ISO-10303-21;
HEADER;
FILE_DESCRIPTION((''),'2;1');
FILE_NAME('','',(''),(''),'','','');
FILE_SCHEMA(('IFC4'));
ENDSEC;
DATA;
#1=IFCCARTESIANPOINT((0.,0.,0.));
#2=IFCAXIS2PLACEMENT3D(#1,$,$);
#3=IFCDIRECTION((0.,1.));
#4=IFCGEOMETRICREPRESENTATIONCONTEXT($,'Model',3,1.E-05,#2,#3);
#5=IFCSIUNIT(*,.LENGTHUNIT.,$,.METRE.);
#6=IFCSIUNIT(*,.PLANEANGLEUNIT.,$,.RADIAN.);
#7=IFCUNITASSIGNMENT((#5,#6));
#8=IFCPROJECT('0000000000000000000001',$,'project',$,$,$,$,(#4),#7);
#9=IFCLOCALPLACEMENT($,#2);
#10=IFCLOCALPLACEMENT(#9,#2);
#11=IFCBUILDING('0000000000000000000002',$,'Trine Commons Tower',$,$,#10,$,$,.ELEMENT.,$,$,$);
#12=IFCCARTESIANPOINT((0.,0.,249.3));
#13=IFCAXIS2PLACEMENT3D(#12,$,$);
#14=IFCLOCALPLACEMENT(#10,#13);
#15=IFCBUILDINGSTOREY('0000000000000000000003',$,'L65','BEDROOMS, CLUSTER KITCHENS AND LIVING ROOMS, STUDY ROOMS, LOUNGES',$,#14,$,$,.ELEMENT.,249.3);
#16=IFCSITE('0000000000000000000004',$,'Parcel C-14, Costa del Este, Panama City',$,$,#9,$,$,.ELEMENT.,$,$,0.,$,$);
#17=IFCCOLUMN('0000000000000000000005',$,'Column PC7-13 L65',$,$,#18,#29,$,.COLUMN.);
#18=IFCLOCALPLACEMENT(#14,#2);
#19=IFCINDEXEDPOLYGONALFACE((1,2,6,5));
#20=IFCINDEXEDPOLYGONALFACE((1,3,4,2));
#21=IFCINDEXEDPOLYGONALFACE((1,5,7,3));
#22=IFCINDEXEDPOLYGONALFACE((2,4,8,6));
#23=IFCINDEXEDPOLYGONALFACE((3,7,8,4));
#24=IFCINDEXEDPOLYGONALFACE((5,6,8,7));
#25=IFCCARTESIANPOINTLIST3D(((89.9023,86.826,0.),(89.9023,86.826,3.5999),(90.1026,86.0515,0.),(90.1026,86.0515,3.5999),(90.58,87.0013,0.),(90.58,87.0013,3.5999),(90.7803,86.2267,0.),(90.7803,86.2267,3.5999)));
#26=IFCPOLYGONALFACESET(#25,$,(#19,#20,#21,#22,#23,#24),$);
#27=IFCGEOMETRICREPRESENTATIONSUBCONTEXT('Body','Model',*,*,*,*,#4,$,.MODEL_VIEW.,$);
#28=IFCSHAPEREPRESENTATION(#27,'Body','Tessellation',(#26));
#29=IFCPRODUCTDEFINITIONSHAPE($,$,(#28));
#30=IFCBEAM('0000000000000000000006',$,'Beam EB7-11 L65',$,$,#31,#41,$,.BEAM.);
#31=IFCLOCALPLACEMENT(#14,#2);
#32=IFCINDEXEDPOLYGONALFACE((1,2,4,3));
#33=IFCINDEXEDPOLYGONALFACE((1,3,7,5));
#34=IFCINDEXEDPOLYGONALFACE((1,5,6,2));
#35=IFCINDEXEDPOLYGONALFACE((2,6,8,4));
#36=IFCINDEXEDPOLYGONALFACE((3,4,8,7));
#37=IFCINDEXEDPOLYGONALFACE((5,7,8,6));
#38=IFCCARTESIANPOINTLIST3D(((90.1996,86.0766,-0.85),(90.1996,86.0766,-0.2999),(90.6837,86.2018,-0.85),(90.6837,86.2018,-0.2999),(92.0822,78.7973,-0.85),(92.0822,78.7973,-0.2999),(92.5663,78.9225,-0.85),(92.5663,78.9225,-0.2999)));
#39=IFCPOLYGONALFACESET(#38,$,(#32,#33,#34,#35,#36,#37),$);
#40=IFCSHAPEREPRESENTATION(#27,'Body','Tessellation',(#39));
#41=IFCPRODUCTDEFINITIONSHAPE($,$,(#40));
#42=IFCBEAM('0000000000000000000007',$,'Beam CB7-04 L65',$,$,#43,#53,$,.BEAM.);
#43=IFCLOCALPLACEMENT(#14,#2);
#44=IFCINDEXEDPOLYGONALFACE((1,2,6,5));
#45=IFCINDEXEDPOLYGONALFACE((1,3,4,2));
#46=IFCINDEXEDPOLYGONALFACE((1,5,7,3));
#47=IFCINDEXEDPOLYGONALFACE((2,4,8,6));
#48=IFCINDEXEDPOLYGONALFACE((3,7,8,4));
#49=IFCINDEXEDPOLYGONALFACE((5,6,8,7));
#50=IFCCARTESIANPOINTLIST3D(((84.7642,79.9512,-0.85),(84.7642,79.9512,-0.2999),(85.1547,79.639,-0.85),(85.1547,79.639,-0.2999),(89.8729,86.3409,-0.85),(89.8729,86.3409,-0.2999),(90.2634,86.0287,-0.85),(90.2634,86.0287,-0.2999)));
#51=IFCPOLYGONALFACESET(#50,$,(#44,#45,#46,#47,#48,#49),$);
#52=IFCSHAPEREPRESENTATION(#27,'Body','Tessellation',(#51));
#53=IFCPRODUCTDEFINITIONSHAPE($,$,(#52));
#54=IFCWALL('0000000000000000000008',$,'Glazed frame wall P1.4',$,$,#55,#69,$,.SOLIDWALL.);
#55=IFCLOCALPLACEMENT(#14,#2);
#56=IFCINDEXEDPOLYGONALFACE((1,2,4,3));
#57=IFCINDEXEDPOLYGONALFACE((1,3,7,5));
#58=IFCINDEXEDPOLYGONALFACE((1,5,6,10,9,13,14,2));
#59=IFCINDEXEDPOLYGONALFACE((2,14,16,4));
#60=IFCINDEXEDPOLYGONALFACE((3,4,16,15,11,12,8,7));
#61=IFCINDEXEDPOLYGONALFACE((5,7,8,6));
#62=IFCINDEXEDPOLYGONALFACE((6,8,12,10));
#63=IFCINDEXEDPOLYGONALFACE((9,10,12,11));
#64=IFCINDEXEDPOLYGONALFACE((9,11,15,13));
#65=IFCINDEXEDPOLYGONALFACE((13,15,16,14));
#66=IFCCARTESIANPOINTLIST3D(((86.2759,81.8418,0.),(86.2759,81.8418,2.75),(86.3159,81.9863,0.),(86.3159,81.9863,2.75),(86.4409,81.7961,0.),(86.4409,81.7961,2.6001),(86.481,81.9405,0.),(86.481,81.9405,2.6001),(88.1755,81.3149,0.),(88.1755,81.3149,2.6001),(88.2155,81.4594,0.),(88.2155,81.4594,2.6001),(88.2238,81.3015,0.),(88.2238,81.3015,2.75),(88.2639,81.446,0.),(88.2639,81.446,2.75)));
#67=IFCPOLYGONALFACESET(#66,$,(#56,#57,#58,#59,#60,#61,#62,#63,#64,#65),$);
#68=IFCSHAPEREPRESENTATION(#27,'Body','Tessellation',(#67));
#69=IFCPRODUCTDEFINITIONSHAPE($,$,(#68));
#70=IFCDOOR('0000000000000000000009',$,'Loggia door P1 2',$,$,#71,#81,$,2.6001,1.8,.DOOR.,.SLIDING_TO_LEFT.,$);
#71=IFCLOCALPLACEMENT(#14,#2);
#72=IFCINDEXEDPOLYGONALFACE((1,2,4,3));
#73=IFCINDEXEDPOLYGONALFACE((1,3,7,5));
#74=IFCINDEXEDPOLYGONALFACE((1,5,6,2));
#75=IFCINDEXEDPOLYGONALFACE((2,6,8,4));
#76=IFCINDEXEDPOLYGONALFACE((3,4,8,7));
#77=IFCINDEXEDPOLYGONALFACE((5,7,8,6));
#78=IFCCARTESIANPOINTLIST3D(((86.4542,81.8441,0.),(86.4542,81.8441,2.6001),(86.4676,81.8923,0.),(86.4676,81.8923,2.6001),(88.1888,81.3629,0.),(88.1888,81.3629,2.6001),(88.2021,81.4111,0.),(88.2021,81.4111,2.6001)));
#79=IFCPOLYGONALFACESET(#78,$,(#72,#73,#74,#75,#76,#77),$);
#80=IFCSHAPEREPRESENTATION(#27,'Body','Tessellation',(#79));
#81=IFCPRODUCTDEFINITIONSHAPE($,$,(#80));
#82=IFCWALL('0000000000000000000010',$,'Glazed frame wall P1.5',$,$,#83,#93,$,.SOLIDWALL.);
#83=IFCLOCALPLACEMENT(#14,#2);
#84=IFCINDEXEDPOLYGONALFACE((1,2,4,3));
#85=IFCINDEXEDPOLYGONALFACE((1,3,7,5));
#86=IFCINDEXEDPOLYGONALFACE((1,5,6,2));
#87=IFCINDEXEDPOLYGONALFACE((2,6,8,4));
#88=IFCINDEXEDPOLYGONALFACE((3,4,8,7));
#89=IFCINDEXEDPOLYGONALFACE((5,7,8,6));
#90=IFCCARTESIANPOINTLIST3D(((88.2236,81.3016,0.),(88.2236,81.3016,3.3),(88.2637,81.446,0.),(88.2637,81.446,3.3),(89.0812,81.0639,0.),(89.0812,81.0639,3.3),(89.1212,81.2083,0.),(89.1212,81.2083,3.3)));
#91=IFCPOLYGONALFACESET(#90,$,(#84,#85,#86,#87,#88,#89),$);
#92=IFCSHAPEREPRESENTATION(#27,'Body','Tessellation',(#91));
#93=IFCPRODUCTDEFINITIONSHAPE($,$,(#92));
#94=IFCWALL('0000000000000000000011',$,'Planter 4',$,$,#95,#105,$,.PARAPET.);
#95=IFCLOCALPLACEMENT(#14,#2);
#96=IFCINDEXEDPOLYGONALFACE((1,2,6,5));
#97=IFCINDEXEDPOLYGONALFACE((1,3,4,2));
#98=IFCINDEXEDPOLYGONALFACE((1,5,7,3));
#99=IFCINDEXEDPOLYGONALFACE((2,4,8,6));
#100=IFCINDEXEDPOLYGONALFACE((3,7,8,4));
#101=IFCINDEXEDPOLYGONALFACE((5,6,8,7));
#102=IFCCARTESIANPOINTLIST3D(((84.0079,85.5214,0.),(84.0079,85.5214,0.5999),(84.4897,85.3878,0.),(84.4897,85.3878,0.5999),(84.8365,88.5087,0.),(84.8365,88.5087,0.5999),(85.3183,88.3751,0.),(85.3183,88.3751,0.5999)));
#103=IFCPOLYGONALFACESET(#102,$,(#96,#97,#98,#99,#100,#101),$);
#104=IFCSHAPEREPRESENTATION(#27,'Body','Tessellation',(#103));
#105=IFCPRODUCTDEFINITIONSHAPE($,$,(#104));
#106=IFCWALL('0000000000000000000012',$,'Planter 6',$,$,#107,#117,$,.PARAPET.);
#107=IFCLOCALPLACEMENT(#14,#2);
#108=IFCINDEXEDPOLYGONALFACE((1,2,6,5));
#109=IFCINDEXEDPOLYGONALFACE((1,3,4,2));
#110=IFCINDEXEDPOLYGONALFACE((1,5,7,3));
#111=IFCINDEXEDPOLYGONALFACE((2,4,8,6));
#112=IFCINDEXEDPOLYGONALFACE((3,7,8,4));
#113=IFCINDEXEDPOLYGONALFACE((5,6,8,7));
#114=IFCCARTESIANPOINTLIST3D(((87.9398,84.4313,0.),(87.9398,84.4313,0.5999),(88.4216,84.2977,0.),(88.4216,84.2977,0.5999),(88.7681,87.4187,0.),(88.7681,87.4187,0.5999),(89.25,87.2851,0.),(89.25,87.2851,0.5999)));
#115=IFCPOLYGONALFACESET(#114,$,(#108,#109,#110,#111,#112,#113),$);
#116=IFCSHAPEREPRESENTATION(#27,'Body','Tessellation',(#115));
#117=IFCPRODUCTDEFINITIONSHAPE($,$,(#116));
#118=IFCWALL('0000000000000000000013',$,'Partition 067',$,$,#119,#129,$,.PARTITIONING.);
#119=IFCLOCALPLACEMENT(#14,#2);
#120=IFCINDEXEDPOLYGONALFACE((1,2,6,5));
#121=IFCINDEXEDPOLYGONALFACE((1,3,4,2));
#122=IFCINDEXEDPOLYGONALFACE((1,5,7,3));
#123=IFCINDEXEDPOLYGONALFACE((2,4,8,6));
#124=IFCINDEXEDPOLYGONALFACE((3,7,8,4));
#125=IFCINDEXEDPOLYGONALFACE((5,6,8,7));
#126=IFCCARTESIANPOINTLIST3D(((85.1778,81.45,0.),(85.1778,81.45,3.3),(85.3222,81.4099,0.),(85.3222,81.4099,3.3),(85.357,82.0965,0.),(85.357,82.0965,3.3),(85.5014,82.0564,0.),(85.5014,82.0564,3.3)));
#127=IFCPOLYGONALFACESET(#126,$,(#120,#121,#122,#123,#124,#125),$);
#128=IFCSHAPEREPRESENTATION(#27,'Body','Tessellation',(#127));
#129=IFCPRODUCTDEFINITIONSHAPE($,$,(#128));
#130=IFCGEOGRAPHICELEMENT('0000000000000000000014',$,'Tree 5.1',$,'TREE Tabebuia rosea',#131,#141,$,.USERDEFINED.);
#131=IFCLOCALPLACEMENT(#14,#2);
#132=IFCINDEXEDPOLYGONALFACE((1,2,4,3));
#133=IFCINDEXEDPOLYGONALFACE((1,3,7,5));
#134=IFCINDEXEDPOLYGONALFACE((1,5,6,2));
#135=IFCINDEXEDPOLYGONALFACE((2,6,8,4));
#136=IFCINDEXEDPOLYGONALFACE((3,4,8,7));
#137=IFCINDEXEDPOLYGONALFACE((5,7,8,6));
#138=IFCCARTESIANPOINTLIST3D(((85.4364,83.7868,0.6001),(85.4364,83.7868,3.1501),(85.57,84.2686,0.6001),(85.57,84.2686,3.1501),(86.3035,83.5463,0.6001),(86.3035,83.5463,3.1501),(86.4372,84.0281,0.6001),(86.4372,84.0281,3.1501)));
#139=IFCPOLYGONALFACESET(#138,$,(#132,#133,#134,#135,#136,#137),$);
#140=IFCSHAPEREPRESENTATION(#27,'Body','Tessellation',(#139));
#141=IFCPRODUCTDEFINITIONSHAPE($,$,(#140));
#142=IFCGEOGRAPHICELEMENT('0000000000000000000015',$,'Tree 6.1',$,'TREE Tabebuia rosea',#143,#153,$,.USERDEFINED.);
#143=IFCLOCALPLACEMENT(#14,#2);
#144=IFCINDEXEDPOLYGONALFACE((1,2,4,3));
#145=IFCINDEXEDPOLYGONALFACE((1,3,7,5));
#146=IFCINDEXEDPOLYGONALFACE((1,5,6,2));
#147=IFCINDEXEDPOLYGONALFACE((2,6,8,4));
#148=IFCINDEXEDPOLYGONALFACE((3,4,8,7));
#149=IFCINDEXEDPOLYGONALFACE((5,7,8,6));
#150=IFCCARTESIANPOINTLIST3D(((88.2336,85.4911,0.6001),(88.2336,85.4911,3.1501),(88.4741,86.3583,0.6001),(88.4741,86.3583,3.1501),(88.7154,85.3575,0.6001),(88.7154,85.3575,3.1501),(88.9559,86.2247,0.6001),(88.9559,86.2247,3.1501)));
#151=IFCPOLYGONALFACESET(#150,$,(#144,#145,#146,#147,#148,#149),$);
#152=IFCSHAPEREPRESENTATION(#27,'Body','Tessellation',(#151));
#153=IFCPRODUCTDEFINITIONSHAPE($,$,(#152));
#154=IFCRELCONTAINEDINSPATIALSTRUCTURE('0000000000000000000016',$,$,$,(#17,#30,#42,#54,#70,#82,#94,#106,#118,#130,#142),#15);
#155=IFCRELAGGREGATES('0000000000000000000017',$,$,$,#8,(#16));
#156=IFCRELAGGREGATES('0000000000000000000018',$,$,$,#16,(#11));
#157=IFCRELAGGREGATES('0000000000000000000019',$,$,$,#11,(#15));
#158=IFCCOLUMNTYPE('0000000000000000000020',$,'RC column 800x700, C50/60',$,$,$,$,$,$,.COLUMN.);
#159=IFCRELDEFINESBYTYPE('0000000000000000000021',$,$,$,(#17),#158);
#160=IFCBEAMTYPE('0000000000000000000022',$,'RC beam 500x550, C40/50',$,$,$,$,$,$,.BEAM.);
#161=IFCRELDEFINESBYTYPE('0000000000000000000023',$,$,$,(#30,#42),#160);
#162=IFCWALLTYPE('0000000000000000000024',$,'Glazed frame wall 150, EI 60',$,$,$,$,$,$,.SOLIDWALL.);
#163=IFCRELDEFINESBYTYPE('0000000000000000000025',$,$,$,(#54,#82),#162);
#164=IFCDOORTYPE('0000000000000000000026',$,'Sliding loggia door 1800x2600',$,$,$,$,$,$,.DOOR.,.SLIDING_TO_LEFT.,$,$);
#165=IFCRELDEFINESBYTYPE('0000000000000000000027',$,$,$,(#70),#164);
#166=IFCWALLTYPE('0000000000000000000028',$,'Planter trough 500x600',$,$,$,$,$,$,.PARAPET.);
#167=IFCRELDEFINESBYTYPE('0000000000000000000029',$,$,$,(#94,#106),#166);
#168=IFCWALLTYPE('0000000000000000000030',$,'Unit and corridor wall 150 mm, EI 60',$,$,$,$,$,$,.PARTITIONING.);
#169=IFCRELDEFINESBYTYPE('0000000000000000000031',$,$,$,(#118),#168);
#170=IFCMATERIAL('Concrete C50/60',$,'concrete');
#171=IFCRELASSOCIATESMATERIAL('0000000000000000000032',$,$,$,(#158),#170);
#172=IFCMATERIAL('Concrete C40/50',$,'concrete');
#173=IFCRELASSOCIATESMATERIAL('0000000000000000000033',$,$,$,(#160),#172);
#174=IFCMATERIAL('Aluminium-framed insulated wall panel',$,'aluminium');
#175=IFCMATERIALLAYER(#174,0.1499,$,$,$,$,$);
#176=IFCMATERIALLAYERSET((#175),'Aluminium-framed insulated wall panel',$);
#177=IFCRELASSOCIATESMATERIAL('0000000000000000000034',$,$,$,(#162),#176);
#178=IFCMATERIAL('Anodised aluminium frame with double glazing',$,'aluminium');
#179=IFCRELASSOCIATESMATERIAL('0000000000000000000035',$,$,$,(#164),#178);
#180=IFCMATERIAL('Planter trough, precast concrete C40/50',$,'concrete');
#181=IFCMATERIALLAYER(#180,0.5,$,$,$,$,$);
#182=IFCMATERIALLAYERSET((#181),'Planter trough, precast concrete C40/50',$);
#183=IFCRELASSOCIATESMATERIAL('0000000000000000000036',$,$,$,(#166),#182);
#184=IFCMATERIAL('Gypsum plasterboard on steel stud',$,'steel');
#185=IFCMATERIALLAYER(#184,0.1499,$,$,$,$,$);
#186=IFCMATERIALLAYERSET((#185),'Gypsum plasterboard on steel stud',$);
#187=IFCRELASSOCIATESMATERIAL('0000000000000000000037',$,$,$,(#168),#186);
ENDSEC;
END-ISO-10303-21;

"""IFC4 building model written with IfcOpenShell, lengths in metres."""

from ifc_helpers import new_model, si_unit, direction, frame, frame_2d, origin, origin_2d, place, context, subcontext, project, spatial, polyline, rectangle, outline, extrude, material, layer, layer_set, material_profile, profile_set, type_object, element, fill, save


model = new_model("IFC4")

# Units and contexts
model_context = context("Model", 3, precision=1e-05, world=origin(), true_north=direction((0.0, 1.0)))
body_context = subcontext(model_context, "Body", "Model", "MODEL_VIEW")
ifc_project = project(units=[si_unit("LENGTHUNIT", "METRE"), si_unit("PLANEANGLEUNIT", "RADIAN")], contexts=[model_context])

# Site, building, storey
site_placement = place(None, origin())
site = spatial("IfcSite", under=ifc_project, at=site_placement, Name="Parcel C-14, Costa del Este, Panama City", CompositionType="ELEMENT", RefElevation=0.0)
building_placement = place(site_placement, origin())
building = spatial("IfcBuilding", under=site, at=building_placement, Name="Trine Commons Tower", CompositionType="ELEMENT")
storey_placement = place(building_placement, frame((0.0, 0.0, 249.3)))
storey = spatial("IfcBuildingStorey", under=building, at=storey_placement, Name="L65", Description="BEDROOMS, CLUSTER KITCHENS AND LIVING ROOMS, STUDY ROOMS, LOUNGES", CompositionType="ELEMENT", Elevation=249.3)

# Column
ifc_material_1 = material(Name="Concrete C50/60", Category="concrete")
ifc_material_profile_1 = material_profile(ifc_material_1, rectangle(XDim=0.8, YDim=0.7, at=origin_2d()), Name="RC 800x700")
ifc_profile_set_1 = profile_set([ifc_material_profile_1], Name="Concrete C50/60")
column_type = type_object("IfcColumnType", Name="RC column 800x700, C50/60", PredefinedType="COLUMN", material=ifc_profile_set_1)
column_placement = place(storey_placement, frame((90.3413, 86.5264, 0.0), z_axis=(0.0, 0.0, 1.0), x_axis=(-0.25038, 0.968148, 0.0)))
element("IfcColumn", 1, at=column_placement, inside=storey, type_object=column_type, Name="Column PC7-13 L65", PredefinedType="COLUMN", context=body_context, shape_type="SweptSolid", body=[
    extrude(rectangle(XDim=0.8, YDim=0.7, at=origin_2d()), origin(), (0.0, 0.0, 1.0), 3.5999),
])

# Beams
ifc_material_2 = material(Name="Concrete C40/50", Category="concrete")
ifc_material_profile_2 = material_profile(ifc_material_2, rectangle(XDim=0.5, YDim=0.55, at=origin_2d()), Name="RC 500x550")
ifc_profile_set_2 = profile_set([ifc_material_profile_2], Name="Concrete C40/50")
beam_type = type_object("IfcBeamType", Name="RC beam 500x550, C40/50", PredefinedType="BEAM", material=ifc_profile_set_2)
beam_1_placement = place(storey_placement, frame((90.4417, 86.1392, -0.575), z_axis=(0.250382, -0.968147, 0.0), x_axis=(0.968147, 0.250382, 0.0)))
element("IfcBeam", 2, at=beam_1_placement, inside=storey, type_object=beam_type, Name="Beam EB7-11 L65", PredefinedType="BEAM", context=body_context, shape_type="SweptSolid", body=[
    extrude(rectangle(XDim=0.5, YDim=0.55, at=origin_2d()), origin(), (0.0, 0.0, 1.0), 7.5188),
])
beam_2_placement = place(storey_placement, frame((90.0681, 86.1848, -0.575), z_axis=(-0.624466, -0.781052, 0.0), x_axis=(0.781052, -0.624466, 0.0)))
element("IfcBeam", 3, at=beam_2_placement, inside=storey, type_object=beam_type, Name="Beam CB7-04 L65", PredefinedType="BEAM", context=body_context, shape_type="SweptSolid", body=[
    extrude(rectangle(XDim=0.5, YDim=0.55, at=origin_2d()), origin(), (0.0, 0.0, 1.0), 8.1809),
])

# Wall, opening, door
ifc_material_3 = material(Name="Aluminium-framed insulated wall panel", Category="aluminium")
ifc_layer_1 = layer(ifc_material_3, 0.1499)
ifc_layer_set_1 = layer_set([ifc_layer_1], Name="Aluminium-framed insulated wall panel")
wall_type_1 = type_object("IfcWallType", Name="Glazed frame wall 150, EI 60", PredefinedType="SOLIDWALL", material=ifc_layer_set_1)
wall_1_placement = place(storey_placement, frame((86.2959, 81.9141, 0.0), z_axis=(0.0, 0.0, 1.0), x_axis=(0.963615, -0.267295, 0.0)))
wall_1 = element("IfcWall", 4, at=wall_1_placement, inside=storey, type_object=wall_type_1, Name="Glazed frame wall P1.4", PredefinedType="SOLIDWALL", context=body_context, shape_type="SweptSolid", body=[
    extrude(outline(polyline([(0.0, -0.075), (2.0215, -0.075), (2.0215, 0.075), (0.0, 0.075), (0.0, -0.075)])), origin(), (0.0, 0.0, 1.0), 2.75),
])
opening_1_placement = place(wall_1_placement, frame((0.1714, 0.0, 0.0)))
opening_1 = element("IfcOpeningElement", 5, at=opening_1_placement, cuts=wall_1, PredefinedType="OPENING", context=body_context, shape_type="SweptSolid", body=[
    extrude(rectangle(XDim=1.8, YDim=2.6001, at=frame_2d((0.8999, 1.3))), frame((0.0, 0.085, 0.0), z_axis=(0.0, -1.0, 0.0), x_axis=(1.0, 0.0, 0.0)), (0.0, 0.0, 1.0), 0.1699),
])
ifc_material_4 = material(Name="Anodised aluminium frame with double glazing", Category="aluminium")
door_type = type_object("IfcDoorType", Name="Sliding loggia door 1800x2600", OperationType="SLIDING_TO_LEFT", PredefinedType="DOOR", material=ifc_material_4)
door_1_placement = place(opening_1_placement, origin())
door_1 = element("IfcDoor", 6, at=door_1_placement, inside=storey, type_object=door_type, Name="Loggia door P1 2", OperationType="SLIDING_TO_LEFT", OverallHeight=2.6001, OverallWidth=1.8, PredefinedType="DOOR", context=body_context, shape_type="SweptSolid", body=[
    extrude(rectangle(XDim=1.8, YDim=2.6001, at=frame_2d((0.8999, 1.3))), frame((0.0, 0.0249, 0.0), z_axis=(0.0, -1.0, 0.0), x_axis=(1.0, 0.0, 0.0)), (0.0, 0.0, 1.0), 0.05),
])
fill(opening_1, door_1)

# Wall
wall_2_placement = place(storey_placement, frame((88.2437, 81.3738, 0.0), z_axis=(0.0, 0.0, 1.0), x_axis=(0.963668, -0.267102, 0.0)))
element("IfcWall", 7, at=wall_2_placement, inside=storey, type_object=wall_type_1, Name="Glazed frame wall P1.5", PredefinedType="SOLIDWALL", context=body_context, shape_type="SweptSolid", body=[
    extrude(outline(polyline([(0.8899, 0.075), (0.0, 0.075), (0.0, -0.075), (0.8899, -0.075), (0.8899, 0.075)])), origin(), (0.0, 0.0, 1.0), 3.3),
])

# Walls
ifc_material_5 = material(Name="Planter trough, precast concrete C40/50", Category="concrete")
ifc_layer_2 = layer(ifc_material_5, 0.5)
ifc_layer_set_2 = layer_set([ifc_layer_2], Name="Planter trough, precast concrete C40/50")
wall_type_2 = type_object("IfcWallType", Name="Planter trough 500x600", PredefinedType="PARAPET", material=ifc_layer_set_2)
for number, where, z_axis, x_axis, name in (
    (8, (85.0774, 88.4419, 0.0), (0.0, 0.0, 1.0), (-0.267286, -0.963617, 0.0), "Planter 4"),
    (9, (88.1807, 84.3645, 0.0), (0.0, 0.0, 1.0), (0.267213, 0.963637, 0.0), "Planter 6"),
):
    element("IfcWall", number, at=place(storey_placement, frame(where, z_axis=z_axis, x_axis=x_axis)), inside=storey, type_object=wall_type_2, Name=name, PredefinedType="PARAPET", context=body_context, shape_type="SweptSolid", body=[
        extrude(rectangle(XDim=3.1001, YDim=0.5, at=frame_2d((1.55, 0.0))), origin(), (0.0, 0.0, 1.0), 0.5999),
    ])
ifc_material_6 = material(Name="Gypsum plasterboard on steel stud", Category="steel")
ifc_layer_3 = layer(ifc_material_6, 0.1499)
ifc_layer_set_3 = layer_set([ifc_layer_3], Name="Gypsum plasterboard on steel stud")
wall_type_3 = type_object("IfcWallType", Name="Unit and corridor wall 150 mm, EI 60", PredefinedType="PARTITIONING", material=ifc_layer_set_3)
wall_3_placement = place(storey_placement, frame((85.25, 81.4299, 0.0), z_axis=(0.0, 0.0, 1.0), x_axis=(0.267118, 0.963664, 0.0)))
element("IfcWall", 10, at=wall_3_placement, inside=storey, type_object=wall_type_3, Name="Partition 067", PredefinedType="PARTITIONING", context=body_context, shape_type="SweptSolid", body=[
    extrude(rectangle(XDim=0.6709, YDim=0.1499, at=frame_2d((0.3354, 0.0))), origin(), (0.0, 0.0, 1.0), 3.3),
])

# Geographic elements
for number, where, z_axis, x_axis, name in (
    (11, (85.9368, 83.9075, 0.6001), (0.0, 0.0, 1.0), (0.963634, -0.267227, 0.0), "Tree 5.1"),
    (12, (88.5947, 85.8579, 0.6001), (0.0, 0.0, 1.0), (0.26724, 0.96363, 0.0), "Tree 6.1"),
):
    element("IfcGeographicElement", number, at=place(storey_placement, frame(where, z_axis=z_axis, x_axis=x_axis)), inside=storey, Name=name, ObjectType="TREE Tabebuia rosea", PredefinedType="USERDEFINED", context=body_context, shape_type="SweptSolid", body=[
        extrude(rectangle(XDim=0.8999, YDim=0.5, at=origin_2d()), origin(), (0.0, 0.0, 1.0), 2.55),
    ])

save(model, "model.ifc")
